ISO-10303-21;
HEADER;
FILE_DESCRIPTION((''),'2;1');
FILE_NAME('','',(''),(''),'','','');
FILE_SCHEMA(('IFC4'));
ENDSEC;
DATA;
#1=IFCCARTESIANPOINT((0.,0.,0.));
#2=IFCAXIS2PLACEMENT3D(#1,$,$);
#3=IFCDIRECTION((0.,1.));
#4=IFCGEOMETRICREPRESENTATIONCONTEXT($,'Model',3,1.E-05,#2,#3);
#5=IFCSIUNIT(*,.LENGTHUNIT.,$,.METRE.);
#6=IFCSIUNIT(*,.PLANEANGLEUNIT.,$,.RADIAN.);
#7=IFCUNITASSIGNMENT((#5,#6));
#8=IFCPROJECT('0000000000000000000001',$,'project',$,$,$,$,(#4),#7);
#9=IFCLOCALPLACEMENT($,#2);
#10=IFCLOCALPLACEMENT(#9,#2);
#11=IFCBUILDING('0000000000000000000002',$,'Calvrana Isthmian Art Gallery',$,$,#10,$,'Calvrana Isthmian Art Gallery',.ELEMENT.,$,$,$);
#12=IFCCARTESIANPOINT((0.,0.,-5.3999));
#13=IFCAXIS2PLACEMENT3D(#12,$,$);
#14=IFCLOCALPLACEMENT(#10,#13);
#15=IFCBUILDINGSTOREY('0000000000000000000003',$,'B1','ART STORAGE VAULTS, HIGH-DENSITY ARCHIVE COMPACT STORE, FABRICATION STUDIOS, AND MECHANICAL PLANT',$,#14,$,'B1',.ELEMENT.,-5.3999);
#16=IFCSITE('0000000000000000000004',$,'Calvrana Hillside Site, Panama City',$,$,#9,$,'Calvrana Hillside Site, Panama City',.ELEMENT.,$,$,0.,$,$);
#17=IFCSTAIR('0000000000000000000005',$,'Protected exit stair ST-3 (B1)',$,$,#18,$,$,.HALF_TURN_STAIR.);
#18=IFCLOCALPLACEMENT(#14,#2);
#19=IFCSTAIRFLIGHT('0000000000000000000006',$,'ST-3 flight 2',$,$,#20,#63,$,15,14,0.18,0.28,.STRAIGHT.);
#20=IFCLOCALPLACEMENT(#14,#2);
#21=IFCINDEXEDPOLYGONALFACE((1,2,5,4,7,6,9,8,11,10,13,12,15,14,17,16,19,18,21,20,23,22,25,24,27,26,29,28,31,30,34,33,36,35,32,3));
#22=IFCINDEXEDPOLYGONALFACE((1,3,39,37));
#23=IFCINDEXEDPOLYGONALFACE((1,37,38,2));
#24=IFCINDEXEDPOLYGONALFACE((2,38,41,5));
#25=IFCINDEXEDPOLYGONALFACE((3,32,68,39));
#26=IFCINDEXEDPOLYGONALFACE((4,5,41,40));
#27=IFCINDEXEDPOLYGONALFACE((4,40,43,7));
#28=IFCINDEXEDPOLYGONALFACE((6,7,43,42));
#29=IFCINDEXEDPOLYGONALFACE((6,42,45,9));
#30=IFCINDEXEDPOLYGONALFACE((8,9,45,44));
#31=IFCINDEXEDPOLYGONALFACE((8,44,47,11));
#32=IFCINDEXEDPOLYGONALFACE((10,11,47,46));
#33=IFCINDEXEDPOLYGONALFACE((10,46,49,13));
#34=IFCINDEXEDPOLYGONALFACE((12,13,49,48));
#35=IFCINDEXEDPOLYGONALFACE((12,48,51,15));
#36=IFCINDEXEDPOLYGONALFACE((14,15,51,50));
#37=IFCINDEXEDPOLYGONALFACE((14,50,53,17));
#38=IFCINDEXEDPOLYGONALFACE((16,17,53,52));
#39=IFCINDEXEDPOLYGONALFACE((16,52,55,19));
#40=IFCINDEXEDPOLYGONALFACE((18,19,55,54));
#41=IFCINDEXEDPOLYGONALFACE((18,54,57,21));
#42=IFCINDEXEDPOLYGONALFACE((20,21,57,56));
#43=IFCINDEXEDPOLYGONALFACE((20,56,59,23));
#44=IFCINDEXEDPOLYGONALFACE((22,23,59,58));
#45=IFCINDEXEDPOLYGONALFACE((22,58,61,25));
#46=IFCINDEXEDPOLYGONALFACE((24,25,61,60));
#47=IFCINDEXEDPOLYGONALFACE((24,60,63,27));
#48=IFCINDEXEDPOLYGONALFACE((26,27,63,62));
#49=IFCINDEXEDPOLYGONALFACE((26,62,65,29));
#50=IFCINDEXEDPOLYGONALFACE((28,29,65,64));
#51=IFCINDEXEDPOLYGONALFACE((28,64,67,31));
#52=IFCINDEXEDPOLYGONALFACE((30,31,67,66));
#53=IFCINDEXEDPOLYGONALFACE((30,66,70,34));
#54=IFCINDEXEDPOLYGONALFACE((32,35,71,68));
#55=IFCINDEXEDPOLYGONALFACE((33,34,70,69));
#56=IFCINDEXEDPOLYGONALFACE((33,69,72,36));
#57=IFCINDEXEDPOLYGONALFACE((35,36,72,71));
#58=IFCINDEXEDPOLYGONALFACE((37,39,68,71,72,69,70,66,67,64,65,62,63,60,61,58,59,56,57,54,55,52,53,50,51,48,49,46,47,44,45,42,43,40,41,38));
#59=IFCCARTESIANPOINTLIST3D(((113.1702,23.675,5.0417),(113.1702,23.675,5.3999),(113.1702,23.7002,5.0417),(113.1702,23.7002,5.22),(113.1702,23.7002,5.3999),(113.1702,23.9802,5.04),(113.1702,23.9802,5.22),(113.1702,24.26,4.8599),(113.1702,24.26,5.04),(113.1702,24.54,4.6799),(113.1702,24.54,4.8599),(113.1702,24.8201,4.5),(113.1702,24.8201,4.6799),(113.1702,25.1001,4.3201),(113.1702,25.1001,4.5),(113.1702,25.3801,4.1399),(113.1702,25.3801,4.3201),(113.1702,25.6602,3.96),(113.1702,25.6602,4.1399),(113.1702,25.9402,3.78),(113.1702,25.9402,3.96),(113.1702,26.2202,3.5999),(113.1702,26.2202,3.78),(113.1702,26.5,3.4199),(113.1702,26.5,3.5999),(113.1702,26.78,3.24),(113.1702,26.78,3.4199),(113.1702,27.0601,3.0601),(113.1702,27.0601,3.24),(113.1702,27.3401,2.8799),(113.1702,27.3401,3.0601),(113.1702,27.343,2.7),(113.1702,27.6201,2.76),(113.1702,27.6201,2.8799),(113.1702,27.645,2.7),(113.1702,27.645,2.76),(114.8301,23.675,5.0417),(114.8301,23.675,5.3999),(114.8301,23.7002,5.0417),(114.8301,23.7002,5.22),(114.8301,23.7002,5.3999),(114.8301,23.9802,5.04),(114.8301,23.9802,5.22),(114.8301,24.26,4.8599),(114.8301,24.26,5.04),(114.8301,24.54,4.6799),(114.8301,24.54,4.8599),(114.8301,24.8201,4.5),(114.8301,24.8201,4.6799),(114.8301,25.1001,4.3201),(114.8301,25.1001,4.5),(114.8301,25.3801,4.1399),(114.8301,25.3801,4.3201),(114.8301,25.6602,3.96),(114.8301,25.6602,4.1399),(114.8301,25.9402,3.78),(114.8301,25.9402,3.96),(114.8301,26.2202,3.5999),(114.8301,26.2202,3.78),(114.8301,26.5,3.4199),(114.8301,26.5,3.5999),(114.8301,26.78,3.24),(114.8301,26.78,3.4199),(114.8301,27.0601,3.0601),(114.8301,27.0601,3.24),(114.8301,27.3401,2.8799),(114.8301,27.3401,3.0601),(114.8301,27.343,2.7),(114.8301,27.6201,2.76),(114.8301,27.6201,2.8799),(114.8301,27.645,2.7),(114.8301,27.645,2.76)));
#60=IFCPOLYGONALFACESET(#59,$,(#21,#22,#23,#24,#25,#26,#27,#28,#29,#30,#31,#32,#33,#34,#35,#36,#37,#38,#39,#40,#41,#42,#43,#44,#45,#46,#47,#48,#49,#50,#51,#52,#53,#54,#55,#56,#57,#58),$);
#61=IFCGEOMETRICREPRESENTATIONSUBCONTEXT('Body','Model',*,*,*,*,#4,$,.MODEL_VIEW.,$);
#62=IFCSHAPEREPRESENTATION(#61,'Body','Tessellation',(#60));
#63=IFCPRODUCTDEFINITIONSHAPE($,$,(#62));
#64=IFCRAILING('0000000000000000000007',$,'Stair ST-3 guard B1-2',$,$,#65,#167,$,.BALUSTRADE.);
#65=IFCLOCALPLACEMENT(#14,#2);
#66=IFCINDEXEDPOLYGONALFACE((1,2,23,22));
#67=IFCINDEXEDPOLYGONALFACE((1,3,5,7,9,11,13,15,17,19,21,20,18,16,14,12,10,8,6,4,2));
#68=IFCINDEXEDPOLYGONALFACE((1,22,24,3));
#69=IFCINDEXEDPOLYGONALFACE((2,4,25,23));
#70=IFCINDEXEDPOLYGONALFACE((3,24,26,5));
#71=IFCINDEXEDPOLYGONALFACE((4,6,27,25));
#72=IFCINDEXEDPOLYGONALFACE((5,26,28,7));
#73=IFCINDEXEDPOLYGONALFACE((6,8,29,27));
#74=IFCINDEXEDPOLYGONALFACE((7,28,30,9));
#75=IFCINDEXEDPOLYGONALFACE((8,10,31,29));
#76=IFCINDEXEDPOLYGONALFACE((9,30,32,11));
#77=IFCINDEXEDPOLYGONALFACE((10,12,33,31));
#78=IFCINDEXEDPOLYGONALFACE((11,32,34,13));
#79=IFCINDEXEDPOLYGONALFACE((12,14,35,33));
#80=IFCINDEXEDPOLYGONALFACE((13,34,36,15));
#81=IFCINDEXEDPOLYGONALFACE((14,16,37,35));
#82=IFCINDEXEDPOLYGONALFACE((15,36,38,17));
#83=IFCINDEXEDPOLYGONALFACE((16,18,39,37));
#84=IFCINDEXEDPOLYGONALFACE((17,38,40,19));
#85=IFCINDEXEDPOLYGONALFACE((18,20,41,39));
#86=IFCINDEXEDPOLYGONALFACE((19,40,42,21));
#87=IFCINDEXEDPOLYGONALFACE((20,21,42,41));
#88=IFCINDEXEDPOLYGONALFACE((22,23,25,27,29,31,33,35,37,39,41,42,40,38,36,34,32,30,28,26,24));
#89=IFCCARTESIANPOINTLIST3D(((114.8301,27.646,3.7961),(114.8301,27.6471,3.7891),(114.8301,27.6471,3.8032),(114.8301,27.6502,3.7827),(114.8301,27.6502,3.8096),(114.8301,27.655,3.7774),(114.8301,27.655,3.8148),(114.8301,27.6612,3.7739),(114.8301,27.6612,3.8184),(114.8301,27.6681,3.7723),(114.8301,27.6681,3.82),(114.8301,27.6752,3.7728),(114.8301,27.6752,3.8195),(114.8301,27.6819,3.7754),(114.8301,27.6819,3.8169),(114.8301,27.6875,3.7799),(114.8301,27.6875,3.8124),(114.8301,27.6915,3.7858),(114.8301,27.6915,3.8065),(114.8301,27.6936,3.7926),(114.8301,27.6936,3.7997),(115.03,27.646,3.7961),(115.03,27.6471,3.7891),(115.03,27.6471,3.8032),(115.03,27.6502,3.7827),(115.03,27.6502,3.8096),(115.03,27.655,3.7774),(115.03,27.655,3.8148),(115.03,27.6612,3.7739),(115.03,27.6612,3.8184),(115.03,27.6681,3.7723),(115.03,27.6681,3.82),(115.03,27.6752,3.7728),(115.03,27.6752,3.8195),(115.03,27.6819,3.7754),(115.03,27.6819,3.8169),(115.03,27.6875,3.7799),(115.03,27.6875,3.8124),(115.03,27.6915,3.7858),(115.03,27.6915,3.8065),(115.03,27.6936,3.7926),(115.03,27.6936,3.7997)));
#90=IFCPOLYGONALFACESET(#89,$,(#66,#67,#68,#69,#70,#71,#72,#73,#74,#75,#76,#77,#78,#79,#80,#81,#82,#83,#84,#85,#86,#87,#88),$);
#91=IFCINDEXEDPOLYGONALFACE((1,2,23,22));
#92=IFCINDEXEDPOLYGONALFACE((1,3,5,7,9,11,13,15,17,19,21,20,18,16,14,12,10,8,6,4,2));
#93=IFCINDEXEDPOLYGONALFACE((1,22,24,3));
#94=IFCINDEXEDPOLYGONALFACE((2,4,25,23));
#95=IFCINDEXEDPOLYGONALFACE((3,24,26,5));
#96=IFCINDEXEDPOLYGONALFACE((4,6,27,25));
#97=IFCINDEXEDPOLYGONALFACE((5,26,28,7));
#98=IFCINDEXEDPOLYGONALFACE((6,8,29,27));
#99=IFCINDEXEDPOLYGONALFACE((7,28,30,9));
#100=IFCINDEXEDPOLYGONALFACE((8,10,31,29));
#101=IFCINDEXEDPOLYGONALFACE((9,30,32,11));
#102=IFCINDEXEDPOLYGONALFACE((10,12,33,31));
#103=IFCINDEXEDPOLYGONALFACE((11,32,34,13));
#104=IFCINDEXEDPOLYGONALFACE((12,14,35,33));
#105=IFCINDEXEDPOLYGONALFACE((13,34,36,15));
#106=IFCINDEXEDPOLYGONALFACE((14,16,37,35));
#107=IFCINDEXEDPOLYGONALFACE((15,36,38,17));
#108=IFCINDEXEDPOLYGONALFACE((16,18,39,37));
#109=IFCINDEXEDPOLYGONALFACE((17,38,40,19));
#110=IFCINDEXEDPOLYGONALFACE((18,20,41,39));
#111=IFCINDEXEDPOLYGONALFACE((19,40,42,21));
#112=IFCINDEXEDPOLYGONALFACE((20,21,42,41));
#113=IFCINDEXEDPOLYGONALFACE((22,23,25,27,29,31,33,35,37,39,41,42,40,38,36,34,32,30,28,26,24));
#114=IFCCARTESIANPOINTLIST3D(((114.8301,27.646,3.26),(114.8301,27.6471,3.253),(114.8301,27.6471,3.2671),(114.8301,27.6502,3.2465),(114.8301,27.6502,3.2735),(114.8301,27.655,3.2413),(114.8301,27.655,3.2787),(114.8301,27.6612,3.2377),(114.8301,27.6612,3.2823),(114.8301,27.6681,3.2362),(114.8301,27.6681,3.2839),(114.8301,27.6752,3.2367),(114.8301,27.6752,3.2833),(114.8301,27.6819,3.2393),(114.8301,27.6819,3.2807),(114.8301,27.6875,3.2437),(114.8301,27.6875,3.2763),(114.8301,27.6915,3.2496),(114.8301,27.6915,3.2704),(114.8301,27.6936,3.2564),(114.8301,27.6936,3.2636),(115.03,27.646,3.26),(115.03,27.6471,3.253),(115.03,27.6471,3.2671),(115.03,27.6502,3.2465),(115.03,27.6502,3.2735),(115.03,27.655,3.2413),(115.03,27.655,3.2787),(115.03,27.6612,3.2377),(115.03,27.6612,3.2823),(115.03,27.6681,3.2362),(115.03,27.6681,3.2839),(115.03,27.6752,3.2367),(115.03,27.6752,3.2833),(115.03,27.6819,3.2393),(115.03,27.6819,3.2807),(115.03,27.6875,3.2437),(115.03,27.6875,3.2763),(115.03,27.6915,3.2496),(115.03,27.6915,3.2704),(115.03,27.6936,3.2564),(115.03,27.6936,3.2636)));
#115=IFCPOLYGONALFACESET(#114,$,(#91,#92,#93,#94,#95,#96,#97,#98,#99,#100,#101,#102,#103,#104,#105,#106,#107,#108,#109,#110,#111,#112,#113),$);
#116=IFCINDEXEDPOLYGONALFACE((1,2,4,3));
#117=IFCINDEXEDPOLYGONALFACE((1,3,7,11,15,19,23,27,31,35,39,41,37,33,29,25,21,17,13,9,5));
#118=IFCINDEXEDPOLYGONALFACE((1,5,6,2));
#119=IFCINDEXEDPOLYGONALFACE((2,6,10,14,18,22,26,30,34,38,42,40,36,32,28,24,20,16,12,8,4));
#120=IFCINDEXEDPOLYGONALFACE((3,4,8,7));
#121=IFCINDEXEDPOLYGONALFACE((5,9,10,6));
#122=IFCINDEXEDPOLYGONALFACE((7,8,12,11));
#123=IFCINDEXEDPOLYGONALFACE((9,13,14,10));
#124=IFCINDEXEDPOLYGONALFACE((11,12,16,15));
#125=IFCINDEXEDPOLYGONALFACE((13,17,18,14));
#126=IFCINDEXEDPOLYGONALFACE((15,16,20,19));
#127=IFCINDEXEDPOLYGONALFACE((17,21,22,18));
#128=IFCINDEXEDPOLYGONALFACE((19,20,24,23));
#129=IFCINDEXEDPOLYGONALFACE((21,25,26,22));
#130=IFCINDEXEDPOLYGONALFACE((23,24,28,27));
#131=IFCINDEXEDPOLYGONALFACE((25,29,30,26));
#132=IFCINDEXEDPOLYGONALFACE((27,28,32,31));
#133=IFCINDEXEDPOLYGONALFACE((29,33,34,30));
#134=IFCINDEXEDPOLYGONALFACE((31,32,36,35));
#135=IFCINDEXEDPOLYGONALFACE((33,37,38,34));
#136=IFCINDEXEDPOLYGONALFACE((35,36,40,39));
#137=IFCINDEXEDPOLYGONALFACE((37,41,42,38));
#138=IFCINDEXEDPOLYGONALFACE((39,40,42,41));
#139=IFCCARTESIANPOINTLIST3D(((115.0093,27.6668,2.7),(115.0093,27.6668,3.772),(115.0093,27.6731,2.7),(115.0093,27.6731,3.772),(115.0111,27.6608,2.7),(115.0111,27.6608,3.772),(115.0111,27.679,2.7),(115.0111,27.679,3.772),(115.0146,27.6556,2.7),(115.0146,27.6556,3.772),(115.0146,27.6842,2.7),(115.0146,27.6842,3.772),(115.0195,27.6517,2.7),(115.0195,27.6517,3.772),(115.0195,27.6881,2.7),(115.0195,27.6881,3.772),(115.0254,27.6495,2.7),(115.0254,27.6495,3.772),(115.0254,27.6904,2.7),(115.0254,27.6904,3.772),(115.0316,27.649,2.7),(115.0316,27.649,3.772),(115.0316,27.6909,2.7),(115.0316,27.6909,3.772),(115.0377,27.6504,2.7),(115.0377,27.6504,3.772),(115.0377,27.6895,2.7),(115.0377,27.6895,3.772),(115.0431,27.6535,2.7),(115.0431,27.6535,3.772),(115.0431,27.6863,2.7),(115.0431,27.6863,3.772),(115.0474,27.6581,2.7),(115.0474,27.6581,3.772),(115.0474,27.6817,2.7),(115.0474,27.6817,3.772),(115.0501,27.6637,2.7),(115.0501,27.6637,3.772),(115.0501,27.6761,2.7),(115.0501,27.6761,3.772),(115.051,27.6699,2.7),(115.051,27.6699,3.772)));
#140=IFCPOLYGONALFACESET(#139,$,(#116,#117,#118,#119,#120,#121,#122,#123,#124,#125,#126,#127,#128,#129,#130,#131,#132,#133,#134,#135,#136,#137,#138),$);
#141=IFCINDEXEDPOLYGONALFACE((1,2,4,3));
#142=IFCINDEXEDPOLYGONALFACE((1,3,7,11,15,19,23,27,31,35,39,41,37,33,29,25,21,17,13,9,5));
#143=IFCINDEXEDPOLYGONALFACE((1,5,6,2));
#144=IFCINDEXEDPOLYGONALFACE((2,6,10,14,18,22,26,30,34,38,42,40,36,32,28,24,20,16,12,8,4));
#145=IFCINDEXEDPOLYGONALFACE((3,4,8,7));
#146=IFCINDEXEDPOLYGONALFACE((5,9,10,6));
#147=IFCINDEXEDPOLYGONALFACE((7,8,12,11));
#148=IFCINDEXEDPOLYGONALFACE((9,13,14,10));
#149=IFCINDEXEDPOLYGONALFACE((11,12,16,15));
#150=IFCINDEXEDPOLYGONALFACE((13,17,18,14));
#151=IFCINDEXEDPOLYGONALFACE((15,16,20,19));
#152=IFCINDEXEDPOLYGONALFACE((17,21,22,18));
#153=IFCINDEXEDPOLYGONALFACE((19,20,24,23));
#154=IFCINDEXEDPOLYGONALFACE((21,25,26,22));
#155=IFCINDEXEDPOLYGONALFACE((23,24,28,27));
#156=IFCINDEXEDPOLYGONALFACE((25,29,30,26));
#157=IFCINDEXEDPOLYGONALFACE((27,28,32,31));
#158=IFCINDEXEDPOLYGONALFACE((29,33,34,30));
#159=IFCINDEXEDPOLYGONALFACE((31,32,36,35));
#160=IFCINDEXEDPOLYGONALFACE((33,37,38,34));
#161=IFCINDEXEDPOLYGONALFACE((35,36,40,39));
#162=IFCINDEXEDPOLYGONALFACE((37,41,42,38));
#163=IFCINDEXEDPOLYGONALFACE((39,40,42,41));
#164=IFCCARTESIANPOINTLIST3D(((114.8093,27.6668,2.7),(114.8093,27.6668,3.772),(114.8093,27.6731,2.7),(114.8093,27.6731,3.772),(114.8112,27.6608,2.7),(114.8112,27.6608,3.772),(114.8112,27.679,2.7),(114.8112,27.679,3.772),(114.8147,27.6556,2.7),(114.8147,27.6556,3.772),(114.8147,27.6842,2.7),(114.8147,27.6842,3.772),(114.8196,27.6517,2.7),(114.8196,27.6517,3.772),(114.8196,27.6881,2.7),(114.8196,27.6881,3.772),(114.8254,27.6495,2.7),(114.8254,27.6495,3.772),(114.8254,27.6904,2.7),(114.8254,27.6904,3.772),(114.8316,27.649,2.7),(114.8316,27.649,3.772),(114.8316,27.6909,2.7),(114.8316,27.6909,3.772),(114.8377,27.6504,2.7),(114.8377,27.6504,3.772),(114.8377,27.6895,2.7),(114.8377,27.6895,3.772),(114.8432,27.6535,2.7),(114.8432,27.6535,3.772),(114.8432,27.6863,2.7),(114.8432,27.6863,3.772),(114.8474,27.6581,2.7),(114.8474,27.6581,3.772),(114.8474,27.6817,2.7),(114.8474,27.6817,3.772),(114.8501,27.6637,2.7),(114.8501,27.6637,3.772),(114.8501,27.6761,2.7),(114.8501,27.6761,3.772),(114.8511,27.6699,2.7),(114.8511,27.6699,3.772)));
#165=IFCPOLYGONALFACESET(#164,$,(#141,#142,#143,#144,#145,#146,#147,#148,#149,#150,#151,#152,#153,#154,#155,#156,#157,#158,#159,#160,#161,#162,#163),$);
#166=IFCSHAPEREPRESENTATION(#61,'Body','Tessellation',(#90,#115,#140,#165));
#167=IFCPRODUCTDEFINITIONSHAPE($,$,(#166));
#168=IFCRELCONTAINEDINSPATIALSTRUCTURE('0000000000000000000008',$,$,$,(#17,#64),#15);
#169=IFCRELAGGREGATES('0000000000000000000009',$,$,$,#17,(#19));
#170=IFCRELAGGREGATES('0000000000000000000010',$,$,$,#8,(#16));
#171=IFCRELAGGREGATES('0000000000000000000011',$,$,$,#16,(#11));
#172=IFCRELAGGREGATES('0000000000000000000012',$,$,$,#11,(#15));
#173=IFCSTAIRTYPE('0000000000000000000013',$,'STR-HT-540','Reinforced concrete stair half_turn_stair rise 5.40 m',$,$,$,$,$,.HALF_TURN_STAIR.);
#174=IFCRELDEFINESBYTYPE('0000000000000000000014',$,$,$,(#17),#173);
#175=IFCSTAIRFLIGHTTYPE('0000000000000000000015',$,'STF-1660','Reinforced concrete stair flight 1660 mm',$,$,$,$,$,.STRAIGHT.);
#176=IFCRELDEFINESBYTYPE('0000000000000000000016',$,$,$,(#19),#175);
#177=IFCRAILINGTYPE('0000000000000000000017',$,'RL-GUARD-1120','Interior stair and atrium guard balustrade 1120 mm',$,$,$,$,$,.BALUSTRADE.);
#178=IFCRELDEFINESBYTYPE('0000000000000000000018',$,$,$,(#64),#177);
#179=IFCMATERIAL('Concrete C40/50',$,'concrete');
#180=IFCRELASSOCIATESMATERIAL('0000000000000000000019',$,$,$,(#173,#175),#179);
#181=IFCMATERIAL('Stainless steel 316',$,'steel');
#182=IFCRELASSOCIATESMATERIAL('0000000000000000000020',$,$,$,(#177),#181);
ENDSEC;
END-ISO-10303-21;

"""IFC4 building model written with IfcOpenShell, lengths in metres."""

from ifc_helpers import new_model, si_unit, direction, frame, origin, origin_2d, place, context, subcontext, project, spatial, polyline, circle, outline, extrude, material, type_object, element, aggregate, save


model = new_model("IFC4")

# Units and contexts
model_context = context("Model", 3, precision=1e-05, world=origin(), true_north=direction((0.0, 1.0)))
body_context = subcontext(model_context, "Body", "Model", "MODEL_VIEW")
ifc_project = project(units=[si_unit("LENGTHUNIT", "METRE"), si_unit("PLANEANGLEUNIT", "RADIAN")], contexts=[model_context])

# Site, building, storey
site_placement = place(None, origin())
site = spatial("IfcSite", under=ifc_project, at=site_placement, Name="Calvrana Hillside Site, Panama City", LongName="Calvrana Hillside Site, Panama City", CompositionType="ELEMENT", RefElevation=0.0)
building_placement = place(site_placement, origin())
building = spatial("IfcBuilding", under=site, at=building_placement, Name="Calvrana Isthmian Art Gallery", LongName="Calvrana Isthmian Art Gallery", CompositionType="ELEMENT")
storey_placement = place(building_placement, frame((0.0, 0.0, -5.3999)))
storey = spatial("IfcBuildingStorey", under=building, at=storey_placement, Name="B1", Description="ART STORAGE VAULTS, HIGH-DENSITY ARCHIVE COMPACT STORE, FABRICATION STUDIOS, AND MECHANICAL PLANT", LongName="B1", CompositionType="ELEMENT", Elevation=-5.3999)

# Shared definitions
ifc_material_1 = material(Name="Concrete C40/50", Category="concrete")

# Shared definitions
ifc_material_2 = material(Name="Stainless steel 316", Category="steel")

# Stair, stair flight
stair_type = type_object("IfcStairType", Name="STR-HT-540", Description="Reinforced concrete stair half_turn_stair rise 5.40 m", PredefinedType="HALF_TURN_STAIR", material=ifc_material_1)
stair_placement = place(storey_placement, origin())
stair = element("IfcStair", 1, at=stair_placement, inside=storey, type_object=stair_type, Name="Protected exit stair ST-3 (B1)", PredefinedType="HALF_TURN_STAIR")
stair_flight_type = type_object("IfcStairFlightType", Name="STF-1660", Description="Reinforced concrete stair flight 1660 mm", PredefinedType="STRAIGHT", material=ifc_material_1)
stair_flight_1_placement = place(storey_placement, frame((114.0, 27.6201, 2.7), z_axis=(0.0, 0.0, 1.0), x_axis=(0.0, -1.0, 0.0)))
stair_flight_1 = element("IfcStairFlight", 2, at=stair_flight_1_placement, type_object=stair_flight_type, Name="ST-3 flight 2", NumberOfRisers=15, NumberOfTreads=14, PredefinedType="STRAIGHT", RiserHeight=0.18, TreadLength=0.28, context=body_context, shape_type="SweptSolid", body=[
    extrude(outline(polyline([(-0.0249, 0.0), (-0.0249, 0.0601), (0.0, 0.0601), (0.0, 0.1799), (0.28, 0.1799), (0.28, 0.3601), (0.5601, 0.3601), (0.5601, 0.54), (0.8401, 0.54), (0.8401, 0.72), (1.1201, 0.72), (1.1201, 0.8999), (1.3999, 0.8999), (1.3999, 1.0801), (1.6799, 1.0801), (1.6799, 1.26), (1.96, 1.26), (1.96, 1.4399), (2.24, 1.4399), (2.24, 1.6201), (2.52, 1.6201), (2.52, 1.8), (2.8, 1.8), (2.8, 1.98), (3.0801, 1.98), (3.0801, 2.1599), (3.3601, 2.1599), (3.3601, 2.3401), (3.6399, 2.3401), (3.6399, 2.52), (3.9199, 2.52), (3.9199, 2.7), (3.9451, 2.7), (3.9451, 2.3418), (3.9199, 2.3418), (0.2771, 0.0), (-0.0249, 0.0)])), frame((0.0, 0.8301, 0.0), z_axis=(0.0, -1.0, 0.0), x_axis=(1.0, 0.0, 0.0)), (0.0, 0.0, 1.0), 1.6599),
])
aggregate(stair, [stair_flight_1])

# Railing
railing_type_1 = type_object("IfcRailingType", Name="RL-GUARD-1120", Description="Interior stair and atrium guard balustrade 1120 mm", PredefinedType="BALUSTRADE", material=ifc_material_2)
railing_1_placement = place(storey_placement, frame((115.03, 27.6699, 2.7)))
element("IfcRailing", 3, at=railing_1_placement, inside=storey, type_object=railing_type_1, Name="Stair ST-3 guard B1-2", PredefinedType="BALUSTRADE", context=body_context, shape_type="SweptSolid", body=[
    extrude(circle(Radius=0.0239, at=origin_2d()), frame((0.0, 0.0, 1.0962), z_axis=(-1.0, 0.0, 0.0), x_axis=(0.0, -1.0, 0.0)), (0.0, 0.0, 1.0), 0.2),
    extrude(circle(Radius=0.0239, at=origin_2d()), frame((0.0, 0.0, 0.5601), z_axis=(-1.0, 0.0, 0.0), x_axis=(0.0, -1.0, 0.0)), (0.0, 0.0, 1.0), 0.2),
    extrude(circle(Radius=0.021, at=origin_2d()), origin(), (0.0, 0.0, 1.0), 1.072),
    extrude(circle(Radius=0.021, at=origin_2d()), frame((-0.2, 0.0, 0.0)), (0.0, 0.0, 1.0), 1.072),
])

save(model, "model.ifc")
